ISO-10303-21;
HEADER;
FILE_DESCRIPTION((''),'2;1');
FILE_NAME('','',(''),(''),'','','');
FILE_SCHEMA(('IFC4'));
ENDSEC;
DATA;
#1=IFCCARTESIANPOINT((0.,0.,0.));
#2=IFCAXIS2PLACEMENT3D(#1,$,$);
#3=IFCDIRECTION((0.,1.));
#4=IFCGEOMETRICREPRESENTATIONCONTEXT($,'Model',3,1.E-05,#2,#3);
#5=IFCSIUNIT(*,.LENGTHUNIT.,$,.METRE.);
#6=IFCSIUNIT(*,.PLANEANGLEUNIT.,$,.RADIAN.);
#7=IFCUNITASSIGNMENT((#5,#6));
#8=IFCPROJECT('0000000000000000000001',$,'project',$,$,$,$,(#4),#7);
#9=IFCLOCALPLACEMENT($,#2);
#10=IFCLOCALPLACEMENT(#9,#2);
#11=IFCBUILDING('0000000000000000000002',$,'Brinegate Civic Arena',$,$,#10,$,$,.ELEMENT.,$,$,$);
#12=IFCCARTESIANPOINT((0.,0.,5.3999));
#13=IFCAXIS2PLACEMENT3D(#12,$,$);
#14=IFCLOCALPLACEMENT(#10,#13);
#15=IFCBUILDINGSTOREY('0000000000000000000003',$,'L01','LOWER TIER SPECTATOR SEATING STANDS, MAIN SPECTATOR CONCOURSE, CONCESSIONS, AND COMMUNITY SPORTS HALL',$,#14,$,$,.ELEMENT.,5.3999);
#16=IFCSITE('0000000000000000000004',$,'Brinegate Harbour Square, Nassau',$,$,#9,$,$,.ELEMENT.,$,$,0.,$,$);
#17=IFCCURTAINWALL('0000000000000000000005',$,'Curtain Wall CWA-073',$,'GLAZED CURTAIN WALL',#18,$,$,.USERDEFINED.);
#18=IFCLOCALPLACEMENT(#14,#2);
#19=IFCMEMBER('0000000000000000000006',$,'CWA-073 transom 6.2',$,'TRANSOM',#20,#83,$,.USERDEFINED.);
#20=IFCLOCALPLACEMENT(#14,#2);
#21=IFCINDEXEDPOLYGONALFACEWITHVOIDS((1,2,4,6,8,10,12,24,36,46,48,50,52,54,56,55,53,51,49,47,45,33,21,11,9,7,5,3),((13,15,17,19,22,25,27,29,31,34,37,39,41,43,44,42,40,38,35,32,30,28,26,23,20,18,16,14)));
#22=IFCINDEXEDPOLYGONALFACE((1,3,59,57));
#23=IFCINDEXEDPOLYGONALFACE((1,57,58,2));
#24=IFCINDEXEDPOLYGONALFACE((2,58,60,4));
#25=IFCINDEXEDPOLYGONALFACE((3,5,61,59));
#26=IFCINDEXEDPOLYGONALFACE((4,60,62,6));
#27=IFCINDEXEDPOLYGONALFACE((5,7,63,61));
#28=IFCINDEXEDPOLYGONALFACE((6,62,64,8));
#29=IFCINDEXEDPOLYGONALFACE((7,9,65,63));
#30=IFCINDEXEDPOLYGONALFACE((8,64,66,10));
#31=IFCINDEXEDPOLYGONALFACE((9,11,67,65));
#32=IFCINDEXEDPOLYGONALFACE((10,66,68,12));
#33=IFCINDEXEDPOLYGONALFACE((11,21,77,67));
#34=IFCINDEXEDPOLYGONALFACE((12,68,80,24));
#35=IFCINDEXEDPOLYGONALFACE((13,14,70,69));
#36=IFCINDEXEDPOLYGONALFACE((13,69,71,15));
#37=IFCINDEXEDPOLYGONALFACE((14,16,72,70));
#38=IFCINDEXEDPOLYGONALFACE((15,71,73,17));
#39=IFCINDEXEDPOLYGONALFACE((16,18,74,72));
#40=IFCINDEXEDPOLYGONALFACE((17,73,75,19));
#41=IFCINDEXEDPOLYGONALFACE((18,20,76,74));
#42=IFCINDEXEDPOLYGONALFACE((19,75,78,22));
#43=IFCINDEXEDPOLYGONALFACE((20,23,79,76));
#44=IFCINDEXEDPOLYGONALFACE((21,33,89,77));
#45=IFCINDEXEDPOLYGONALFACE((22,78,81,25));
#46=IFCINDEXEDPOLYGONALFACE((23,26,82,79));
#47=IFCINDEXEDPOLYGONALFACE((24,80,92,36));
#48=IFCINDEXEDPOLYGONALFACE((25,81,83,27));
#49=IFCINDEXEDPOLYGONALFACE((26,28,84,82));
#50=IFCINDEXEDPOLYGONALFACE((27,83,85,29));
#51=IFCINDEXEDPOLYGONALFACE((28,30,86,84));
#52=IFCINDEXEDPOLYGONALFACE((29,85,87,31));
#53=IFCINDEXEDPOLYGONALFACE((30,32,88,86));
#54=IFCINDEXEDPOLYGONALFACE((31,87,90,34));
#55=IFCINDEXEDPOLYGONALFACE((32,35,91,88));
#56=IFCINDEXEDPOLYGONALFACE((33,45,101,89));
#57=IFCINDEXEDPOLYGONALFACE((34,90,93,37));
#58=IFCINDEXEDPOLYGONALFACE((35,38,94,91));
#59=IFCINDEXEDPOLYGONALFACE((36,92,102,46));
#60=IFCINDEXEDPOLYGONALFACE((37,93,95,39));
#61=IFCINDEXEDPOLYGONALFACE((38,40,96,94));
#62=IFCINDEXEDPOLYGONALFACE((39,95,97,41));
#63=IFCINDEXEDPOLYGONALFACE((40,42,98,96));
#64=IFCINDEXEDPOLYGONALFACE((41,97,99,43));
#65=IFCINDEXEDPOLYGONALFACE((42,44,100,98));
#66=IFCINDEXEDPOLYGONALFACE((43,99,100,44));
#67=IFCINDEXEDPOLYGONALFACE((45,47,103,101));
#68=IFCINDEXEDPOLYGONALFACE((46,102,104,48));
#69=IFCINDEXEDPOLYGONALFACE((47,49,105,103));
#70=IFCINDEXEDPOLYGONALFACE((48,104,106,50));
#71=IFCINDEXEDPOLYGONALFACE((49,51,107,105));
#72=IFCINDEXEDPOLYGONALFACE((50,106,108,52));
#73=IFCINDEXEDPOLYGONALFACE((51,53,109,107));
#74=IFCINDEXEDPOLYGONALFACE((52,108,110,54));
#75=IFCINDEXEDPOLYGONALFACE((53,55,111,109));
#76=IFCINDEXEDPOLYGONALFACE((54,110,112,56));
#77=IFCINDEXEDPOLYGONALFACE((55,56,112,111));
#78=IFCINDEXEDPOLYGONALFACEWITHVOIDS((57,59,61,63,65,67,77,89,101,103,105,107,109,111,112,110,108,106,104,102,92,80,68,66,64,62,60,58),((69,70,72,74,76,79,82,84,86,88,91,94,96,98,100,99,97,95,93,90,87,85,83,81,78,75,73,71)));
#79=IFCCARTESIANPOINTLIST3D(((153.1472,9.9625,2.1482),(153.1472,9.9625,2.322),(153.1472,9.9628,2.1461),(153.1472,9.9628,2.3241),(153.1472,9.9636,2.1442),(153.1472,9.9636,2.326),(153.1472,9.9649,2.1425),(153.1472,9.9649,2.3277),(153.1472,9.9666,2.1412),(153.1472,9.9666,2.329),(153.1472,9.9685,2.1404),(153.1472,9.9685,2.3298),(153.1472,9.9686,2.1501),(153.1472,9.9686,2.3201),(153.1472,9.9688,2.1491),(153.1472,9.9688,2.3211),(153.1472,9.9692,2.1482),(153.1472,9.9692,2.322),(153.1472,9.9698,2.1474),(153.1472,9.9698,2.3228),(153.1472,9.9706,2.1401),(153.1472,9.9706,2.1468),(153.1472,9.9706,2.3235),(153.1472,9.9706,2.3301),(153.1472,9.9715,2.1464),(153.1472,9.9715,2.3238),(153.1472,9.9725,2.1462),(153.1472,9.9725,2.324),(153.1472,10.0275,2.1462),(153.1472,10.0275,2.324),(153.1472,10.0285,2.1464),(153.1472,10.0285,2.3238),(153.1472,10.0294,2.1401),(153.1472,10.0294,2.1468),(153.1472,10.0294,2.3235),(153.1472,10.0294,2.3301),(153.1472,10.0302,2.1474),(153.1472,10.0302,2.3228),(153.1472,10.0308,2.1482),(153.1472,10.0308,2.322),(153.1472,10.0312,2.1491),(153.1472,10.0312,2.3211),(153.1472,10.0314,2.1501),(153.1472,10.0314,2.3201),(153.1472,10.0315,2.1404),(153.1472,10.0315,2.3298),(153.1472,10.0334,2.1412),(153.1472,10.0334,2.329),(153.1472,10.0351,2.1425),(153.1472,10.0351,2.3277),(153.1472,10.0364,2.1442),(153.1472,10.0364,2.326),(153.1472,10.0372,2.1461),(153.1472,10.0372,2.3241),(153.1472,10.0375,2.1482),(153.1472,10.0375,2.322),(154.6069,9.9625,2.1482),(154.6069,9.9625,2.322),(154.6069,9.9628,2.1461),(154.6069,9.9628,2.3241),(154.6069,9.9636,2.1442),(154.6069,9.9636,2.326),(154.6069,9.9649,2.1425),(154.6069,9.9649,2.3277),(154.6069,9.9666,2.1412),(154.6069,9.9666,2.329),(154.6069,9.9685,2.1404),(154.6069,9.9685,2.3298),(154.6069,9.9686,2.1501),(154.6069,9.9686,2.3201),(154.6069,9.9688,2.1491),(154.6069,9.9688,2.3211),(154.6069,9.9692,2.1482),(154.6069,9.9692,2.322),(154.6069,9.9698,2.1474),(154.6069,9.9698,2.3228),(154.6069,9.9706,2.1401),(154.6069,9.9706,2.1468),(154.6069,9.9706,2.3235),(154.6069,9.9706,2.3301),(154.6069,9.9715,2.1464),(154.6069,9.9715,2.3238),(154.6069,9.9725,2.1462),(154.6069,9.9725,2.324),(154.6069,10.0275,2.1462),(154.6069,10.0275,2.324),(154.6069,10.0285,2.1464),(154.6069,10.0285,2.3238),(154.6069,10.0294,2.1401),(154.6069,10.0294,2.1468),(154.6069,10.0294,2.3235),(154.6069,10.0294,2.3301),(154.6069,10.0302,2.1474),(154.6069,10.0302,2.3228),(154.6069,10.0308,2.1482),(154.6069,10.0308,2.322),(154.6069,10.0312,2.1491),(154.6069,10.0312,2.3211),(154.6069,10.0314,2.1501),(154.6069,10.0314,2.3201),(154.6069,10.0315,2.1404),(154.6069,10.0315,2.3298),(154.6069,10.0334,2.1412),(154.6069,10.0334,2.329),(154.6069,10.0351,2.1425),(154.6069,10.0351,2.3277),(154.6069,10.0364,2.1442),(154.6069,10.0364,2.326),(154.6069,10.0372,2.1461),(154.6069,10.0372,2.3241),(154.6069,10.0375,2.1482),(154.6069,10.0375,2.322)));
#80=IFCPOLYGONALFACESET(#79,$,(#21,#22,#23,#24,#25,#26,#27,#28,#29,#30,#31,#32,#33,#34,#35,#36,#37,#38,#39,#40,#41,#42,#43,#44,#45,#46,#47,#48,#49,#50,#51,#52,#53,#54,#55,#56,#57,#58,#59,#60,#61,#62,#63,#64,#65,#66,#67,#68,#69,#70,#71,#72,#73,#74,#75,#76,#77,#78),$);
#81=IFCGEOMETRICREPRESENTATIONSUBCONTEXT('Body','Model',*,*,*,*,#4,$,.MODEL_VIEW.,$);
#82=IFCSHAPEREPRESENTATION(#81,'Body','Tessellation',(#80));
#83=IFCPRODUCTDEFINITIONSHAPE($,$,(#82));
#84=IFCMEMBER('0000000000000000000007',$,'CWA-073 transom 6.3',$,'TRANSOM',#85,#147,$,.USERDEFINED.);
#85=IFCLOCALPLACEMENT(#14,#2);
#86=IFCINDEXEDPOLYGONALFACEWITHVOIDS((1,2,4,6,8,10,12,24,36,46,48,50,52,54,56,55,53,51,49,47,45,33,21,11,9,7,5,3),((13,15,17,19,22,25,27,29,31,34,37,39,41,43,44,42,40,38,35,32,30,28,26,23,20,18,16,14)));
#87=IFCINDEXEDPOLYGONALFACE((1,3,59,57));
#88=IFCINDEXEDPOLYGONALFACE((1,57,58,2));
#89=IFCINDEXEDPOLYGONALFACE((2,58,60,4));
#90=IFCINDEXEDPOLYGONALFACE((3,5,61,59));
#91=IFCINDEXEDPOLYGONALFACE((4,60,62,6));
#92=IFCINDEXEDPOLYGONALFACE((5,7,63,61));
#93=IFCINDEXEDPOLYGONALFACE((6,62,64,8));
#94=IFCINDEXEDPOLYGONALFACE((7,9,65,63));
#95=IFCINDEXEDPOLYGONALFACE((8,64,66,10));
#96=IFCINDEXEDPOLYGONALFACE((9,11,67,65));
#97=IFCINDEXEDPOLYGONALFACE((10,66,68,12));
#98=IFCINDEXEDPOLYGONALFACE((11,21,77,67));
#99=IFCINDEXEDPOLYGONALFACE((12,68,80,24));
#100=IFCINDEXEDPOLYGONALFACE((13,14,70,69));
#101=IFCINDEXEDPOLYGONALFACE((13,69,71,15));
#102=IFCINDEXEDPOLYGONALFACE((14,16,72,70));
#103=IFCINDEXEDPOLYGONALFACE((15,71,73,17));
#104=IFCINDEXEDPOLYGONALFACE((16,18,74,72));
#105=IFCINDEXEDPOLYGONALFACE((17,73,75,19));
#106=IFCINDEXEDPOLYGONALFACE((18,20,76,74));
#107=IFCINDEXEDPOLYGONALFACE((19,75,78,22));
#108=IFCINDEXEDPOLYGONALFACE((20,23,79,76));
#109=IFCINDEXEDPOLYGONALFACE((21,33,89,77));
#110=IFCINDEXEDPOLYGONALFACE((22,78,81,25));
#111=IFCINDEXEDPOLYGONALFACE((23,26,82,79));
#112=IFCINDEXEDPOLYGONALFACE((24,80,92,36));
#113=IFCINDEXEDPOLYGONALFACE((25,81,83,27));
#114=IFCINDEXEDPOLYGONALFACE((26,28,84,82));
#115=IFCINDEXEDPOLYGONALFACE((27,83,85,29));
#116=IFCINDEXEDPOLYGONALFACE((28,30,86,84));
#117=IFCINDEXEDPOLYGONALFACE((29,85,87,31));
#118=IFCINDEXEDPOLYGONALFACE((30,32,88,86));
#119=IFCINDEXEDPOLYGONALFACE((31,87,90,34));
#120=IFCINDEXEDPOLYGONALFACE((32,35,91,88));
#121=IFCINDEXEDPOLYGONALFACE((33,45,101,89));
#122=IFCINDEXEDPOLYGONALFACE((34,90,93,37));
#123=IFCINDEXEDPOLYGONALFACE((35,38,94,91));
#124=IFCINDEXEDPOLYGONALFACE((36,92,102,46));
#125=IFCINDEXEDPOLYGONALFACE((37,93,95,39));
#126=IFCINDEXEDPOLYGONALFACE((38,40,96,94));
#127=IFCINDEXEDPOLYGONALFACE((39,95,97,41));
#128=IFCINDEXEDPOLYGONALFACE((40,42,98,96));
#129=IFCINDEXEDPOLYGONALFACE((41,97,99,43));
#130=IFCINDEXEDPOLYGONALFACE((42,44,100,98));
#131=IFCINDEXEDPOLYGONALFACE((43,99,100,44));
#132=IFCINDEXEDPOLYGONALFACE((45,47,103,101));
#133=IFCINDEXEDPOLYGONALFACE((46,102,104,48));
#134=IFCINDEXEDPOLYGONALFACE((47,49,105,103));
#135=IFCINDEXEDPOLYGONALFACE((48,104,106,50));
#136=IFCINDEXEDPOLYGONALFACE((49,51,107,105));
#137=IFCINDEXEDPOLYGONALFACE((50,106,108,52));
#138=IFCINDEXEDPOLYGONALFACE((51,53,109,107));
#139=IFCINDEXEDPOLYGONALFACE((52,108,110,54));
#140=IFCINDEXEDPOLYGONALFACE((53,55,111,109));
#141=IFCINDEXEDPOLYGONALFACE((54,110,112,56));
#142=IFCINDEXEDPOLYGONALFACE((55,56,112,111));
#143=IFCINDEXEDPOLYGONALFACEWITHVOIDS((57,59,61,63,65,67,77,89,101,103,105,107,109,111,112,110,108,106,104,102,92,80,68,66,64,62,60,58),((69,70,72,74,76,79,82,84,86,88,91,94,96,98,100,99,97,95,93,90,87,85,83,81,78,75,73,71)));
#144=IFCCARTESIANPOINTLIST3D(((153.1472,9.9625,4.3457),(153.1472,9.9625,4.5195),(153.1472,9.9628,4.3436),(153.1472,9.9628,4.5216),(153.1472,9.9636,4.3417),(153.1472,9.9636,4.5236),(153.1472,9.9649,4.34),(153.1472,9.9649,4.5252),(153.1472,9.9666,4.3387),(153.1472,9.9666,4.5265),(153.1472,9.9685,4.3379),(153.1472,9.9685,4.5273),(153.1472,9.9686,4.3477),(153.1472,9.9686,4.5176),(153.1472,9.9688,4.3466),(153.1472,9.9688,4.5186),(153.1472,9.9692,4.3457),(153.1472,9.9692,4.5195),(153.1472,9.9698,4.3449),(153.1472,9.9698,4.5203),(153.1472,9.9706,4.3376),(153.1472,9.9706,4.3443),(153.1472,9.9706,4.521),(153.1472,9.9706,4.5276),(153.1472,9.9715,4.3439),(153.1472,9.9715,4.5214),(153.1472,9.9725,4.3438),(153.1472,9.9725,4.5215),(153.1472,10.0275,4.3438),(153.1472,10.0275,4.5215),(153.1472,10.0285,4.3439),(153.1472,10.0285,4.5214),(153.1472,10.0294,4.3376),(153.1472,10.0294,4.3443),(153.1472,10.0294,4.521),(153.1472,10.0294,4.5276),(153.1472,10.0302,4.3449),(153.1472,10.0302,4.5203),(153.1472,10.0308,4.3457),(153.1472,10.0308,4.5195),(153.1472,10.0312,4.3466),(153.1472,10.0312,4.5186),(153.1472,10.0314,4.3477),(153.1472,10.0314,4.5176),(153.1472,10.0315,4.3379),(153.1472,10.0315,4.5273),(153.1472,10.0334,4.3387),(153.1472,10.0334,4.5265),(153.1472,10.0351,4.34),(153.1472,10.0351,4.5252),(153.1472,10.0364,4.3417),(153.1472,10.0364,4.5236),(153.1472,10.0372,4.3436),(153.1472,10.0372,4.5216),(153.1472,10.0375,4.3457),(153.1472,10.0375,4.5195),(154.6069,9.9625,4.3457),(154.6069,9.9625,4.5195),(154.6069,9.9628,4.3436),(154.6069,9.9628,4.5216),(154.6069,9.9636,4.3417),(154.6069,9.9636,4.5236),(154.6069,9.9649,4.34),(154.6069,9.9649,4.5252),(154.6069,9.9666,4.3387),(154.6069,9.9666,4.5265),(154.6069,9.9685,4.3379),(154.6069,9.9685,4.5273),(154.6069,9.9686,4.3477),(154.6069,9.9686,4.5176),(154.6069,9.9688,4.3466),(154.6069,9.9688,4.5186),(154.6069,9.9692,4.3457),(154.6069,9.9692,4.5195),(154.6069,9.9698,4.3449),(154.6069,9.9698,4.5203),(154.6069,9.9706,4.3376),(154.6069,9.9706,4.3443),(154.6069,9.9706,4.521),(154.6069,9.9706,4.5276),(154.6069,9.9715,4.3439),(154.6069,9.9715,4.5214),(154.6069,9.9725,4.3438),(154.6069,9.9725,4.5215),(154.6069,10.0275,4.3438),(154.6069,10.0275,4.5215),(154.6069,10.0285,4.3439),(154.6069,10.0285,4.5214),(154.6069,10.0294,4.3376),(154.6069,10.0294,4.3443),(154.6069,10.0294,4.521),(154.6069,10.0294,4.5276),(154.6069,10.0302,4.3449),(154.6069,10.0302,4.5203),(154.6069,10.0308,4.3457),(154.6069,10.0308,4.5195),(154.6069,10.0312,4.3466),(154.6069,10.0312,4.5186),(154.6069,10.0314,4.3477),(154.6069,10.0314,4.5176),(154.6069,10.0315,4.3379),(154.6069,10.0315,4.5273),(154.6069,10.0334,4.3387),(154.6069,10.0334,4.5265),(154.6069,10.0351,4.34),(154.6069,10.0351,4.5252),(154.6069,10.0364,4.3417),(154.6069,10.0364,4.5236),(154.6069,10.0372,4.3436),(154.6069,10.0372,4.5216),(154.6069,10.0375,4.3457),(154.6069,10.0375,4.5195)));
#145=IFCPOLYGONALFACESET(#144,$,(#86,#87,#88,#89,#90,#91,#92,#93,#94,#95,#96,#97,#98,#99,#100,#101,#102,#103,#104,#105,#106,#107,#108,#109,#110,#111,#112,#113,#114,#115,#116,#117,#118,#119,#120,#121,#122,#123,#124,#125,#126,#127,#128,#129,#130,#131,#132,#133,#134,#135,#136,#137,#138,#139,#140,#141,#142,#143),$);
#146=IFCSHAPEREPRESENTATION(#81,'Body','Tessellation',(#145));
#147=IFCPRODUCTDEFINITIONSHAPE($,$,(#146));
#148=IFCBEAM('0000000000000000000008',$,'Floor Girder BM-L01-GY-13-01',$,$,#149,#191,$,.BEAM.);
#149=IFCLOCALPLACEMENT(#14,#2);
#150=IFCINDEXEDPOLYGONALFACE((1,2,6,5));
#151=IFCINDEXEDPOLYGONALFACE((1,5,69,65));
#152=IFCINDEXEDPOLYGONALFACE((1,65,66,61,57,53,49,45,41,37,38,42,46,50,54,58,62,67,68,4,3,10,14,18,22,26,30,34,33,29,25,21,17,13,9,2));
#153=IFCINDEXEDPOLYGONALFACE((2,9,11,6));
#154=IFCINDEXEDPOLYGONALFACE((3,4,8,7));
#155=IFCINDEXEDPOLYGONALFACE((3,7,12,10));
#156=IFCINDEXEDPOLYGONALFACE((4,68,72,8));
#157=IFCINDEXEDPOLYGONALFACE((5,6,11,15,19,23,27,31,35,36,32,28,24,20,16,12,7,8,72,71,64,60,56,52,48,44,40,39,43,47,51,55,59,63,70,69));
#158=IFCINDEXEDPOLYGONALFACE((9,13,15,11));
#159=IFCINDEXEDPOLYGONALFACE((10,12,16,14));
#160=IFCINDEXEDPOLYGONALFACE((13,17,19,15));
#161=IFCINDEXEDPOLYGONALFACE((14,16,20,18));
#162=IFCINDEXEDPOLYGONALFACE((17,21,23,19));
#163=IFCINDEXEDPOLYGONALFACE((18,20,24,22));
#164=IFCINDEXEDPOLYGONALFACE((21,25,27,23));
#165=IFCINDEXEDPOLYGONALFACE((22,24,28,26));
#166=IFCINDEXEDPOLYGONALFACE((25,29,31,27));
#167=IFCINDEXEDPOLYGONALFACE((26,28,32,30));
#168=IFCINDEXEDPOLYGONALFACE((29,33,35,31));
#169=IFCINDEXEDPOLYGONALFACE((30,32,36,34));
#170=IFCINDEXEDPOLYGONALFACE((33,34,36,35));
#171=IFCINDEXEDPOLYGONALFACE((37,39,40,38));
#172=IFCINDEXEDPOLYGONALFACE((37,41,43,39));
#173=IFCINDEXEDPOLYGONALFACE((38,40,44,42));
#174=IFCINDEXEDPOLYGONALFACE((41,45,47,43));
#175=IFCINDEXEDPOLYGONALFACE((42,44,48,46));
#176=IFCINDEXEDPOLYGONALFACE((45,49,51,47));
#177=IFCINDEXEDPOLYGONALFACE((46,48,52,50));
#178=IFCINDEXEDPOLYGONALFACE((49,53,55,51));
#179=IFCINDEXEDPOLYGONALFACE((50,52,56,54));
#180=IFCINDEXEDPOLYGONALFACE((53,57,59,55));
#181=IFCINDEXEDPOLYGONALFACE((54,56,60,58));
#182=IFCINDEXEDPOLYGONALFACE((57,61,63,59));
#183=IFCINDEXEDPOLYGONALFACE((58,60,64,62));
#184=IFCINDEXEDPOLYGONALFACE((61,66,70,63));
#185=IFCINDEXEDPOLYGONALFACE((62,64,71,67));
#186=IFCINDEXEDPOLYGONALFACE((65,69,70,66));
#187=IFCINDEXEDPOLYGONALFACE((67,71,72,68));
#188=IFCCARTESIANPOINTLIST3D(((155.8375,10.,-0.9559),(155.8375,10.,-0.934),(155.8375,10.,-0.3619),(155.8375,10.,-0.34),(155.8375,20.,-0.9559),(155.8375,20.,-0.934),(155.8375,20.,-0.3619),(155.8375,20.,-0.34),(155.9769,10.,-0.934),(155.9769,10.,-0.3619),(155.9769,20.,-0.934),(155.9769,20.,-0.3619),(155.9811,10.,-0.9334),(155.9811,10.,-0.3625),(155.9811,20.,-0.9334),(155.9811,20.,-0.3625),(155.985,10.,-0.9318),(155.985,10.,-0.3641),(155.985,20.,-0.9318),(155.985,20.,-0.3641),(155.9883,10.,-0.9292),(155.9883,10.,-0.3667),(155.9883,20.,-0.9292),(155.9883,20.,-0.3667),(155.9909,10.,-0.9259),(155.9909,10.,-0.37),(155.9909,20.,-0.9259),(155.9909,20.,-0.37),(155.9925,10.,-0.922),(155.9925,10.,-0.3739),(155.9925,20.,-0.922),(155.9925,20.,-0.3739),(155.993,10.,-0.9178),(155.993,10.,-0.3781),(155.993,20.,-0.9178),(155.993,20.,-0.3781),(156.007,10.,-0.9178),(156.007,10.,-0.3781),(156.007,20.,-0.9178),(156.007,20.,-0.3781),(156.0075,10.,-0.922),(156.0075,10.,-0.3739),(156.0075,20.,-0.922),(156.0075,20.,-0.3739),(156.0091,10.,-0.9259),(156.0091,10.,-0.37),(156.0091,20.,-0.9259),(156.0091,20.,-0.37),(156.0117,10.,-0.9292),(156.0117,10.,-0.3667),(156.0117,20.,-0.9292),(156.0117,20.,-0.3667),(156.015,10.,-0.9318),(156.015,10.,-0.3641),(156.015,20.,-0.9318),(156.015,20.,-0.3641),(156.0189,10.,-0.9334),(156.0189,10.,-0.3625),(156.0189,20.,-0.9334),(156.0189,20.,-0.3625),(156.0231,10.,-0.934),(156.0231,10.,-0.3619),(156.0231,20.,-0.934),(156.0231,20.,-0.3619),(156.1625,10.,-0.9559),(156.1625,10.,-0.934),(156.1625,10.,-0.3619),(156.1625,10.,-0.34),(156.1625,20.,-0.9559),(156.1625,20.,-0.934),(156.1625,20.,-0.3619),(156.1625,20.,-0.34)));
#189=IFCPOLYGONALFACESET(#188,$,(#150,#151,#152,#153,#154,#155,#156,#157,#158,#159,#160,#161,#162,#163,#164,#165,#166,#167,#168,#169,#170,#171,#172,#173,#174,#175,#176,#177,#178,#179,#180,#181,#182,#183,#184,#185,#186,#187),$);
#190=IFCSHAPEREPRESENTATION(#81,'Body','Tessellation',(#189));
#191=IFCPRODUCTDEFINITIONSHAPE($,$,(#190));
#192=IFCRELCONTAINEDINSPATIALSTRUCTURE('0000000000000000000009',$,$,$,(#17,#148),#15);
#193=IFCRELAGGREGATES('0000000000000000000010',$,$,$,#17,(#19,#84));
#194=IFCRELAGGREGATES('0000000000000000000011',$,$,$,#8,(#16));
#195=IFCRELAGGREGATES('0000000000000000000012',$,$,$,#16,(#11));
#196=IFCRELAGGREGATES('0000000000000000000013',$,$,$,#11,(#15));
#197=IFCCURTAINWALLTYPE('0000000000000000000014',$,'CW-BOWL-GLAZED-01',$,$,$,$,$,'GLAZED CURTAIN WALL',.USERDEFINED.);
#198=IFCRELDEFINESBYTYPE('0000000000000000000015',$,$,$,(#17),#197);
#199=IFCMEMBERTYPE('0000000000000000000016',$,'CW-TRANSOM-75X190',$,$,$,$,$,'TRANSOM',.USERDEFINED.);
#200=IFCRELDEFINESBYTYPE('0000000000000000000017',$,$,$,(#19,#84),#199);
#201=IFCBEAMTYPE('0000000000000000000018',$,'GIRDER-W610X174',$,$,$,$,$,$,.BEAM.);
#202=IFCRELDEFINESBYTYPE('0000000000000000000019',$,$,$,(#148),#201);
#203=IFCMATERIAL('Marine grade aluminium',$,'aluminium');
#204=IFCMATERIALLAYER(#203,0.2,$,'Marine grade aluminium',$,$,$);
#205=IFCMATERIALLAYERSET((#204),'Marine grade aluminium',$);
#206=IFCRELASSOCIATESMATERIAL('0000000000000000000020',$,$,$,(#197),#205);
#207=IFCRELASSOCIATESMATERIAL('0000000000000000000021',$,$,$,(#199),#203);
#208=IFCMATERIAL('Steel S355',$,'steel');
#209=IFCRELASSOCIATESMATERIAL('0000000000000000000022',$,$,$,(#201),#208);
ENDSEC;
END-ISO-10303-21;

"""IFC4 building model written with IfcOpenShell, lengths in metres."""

from ifc_helpers import new_model, si_unit, direction, frame, origin, origin_2d, place, context, subcontext, project, spatial, hollow_rectangle, i_section, extrude, material, layer, layer_set, material_profile, profile_set, type_object, element, aggregate, save


model = new_model("IFC4")

# Units and contexts
model_context = context("Model", 3, precision=1e-05, world=origin(), true_north=direction((0.0, 1.0)))
body_context = subcontext(model_context, "Body", "Model", "MODEL_VIEW")
ifc_project = project(units=[si_unit("LENGTHUNIT", "METRE"), si_unit("PLANEANGLEUNIT", "RADIAN")], contexts=[model_context])

# Site, building, storey
site_placement = place(None, origin())
site = spatial("IfcSite", under=ifc_project, at=site_placement, Name="Brinegate Harbour Square, Nassau", CompositionType="ELEMENT", RefElevation=0.0)
building_placement = place(site_placement, origin())
building = spatial("IfcBuilding", under=site, at=building_placement, Name="Brinegate Civic Arena", CompositionType="ELEMENT")
storey_placement = place(building_placement, frame((0.0, 0.0, 5.3999)))
storey = spatial("IfcBuildingStorey", under=building, at=storey_placement, Name="L01", Description="LOWER TIER SPECTATOR SEATING STANDS, MAIN SPECTATOR CONCOURSE, CONCESSIONS, AND COMMUNITY SPORTS HALL", CompositionType="ELEMENT", Elevation=5.3999)

# Curtain wall, members
ifc_material_1 = material(Name="Marine grade aluminium", Category="aluminium")
ifc_layer_1 = layer(ifc_material_1, 0.2, Name="Marine grade aluminium")
ifc_layer_set_1 = layer_set([ifc_layer_1], Name="Marine grade aluminium")
curtain_wall_type = type_object("IfcCurtainWallType", Name="CW-BOWL-GLAZED-01", ElementType="GLAZED CURTAIN WALL", PredefinedType="USERDEFINED", material=ifc_layer_set_1)
curtain_wall_placement = place(storey_placement, origin())
curtain_wall = element("IfcCurtainWall", 1, at=curtain_wall_placement, inside=storey, type_object=curtain_wall_type, Name="Curtain Wall CWA-073", ObjectType="GLAZED CURTAIN WALL", PredefinedType="USERDEFINED")
ifc_material_profile_1 = material_profile(ifc_material_1, hollow_rectangle(XDim=0.075, YDim=0.1899, WallThickness=0.0061, InnerFilletRadius=0.0039, OuterFilletRadius=0.0081, at=origin_2d()), Name="TRN75X190")
ifc_profile_set_1 = profile_set([ifc_material_profile_1], Name="Marine grade aluminium")
member_type_1 = type_object("IfcMemberType", Name="CW-TRANSOM-75X190", ElementType="TRANSOM", PredefinedType="USERDEFINED", material=ifc_profile_set_1)
member_1_placement = place(storey_placement, frame((153.1472, 10.0, 2.2351), z_axis=(1.0, 0.0, 0.0), x_axis=(0.0, 1.0, 0.0)))
member_1 = element("IfcMember", 2, at=member_1_placement, type_object=member_type_1, Name="CWA-073 transom 6.2", ObjectType="TRANSOM", PredefinedType="USERDEFINED", context=body_context, shape_type="SweptSolid", body=[
    extrude(hollow_rectangle(XDim=0.075, YDim=0.1899, WallThickness=0.0061, InnerFilletRadius=0.0039, OuterFilletRadius=0.0081, at=origin_2d()), origin(), (0.0, 0.0, 1.0), 1.4597),
])
member_2_placement = place(storey_placement, frame((153.1472, 10.0, 4.4326), z_axis=(1.0, 0.0, 0.0), x_axis=(0.0, 1.0, 0.0)))
member_2 = element("IfcMember", 3, at=member_2_placement, type_object=member_type_1, Name="CWA-073 transom 6.3", ObjectType="TRANSOM", PredefinedType="USERDEFINED", context=body_context, shape_type="SweptSolid", body=[
    extrude(hollow_rectangle(XDim=0.075, YDim=0.1899, WallThickness=0.0061, InnerFilletRadius=0.0039, OuterFilletRadius=0.0081, at=origin_2d()), origin(), (0.0, 0.0, 1.0), 1.4597),
])

# Beam
ifc_material_2 = material(Name="Steel S355", Category="steel")
ifc_material_profile_2 = material_profile(ifc_material_2, i_section(OverallWidth=0.325, OverallDepth=0.616, WebThickness=0.0139, FlangeThickness=0.022, FilletRadius=0.0161, at=origin_2d()), Name="W610X174")
ifc_profile_set_2 = profile_set([ifc_material_profile_2], Name="Steel S355")
beam_type_1 = type_object("IfcBeamType", Name="GIRDER-W610X174", PredefinedType="BEAM", material=ifc_profile_set_2)
beam_1_placement = place(storey_placement, frame((156.0, 10.0, -0.6479), z_axis=(0.0, 1.0, 0.0), x_axis=(-1.0, 0.0, 0.0)))
element("IfcBeam", 4, at=beam_1_placement, inside=storey, type_object=beam_type_1, Name="Floor Girder BM-L01-GY-13-01", PredefinedType="BEAM", context=body_context, shape_type="SweptSolid", body=[
    extrude(i_section(OverallWidth=0.325, OverallDepth=0.616, WebThickness=0.0139, FlangeThickness=0.022, FilletRadius=0.0161, at=origin_2d()), origin(), (0.0, 0.0, 1.0), 10.0),
])

aggregate(curtain_wall, [member_1, member_2])

save(model, "model.ifc")
